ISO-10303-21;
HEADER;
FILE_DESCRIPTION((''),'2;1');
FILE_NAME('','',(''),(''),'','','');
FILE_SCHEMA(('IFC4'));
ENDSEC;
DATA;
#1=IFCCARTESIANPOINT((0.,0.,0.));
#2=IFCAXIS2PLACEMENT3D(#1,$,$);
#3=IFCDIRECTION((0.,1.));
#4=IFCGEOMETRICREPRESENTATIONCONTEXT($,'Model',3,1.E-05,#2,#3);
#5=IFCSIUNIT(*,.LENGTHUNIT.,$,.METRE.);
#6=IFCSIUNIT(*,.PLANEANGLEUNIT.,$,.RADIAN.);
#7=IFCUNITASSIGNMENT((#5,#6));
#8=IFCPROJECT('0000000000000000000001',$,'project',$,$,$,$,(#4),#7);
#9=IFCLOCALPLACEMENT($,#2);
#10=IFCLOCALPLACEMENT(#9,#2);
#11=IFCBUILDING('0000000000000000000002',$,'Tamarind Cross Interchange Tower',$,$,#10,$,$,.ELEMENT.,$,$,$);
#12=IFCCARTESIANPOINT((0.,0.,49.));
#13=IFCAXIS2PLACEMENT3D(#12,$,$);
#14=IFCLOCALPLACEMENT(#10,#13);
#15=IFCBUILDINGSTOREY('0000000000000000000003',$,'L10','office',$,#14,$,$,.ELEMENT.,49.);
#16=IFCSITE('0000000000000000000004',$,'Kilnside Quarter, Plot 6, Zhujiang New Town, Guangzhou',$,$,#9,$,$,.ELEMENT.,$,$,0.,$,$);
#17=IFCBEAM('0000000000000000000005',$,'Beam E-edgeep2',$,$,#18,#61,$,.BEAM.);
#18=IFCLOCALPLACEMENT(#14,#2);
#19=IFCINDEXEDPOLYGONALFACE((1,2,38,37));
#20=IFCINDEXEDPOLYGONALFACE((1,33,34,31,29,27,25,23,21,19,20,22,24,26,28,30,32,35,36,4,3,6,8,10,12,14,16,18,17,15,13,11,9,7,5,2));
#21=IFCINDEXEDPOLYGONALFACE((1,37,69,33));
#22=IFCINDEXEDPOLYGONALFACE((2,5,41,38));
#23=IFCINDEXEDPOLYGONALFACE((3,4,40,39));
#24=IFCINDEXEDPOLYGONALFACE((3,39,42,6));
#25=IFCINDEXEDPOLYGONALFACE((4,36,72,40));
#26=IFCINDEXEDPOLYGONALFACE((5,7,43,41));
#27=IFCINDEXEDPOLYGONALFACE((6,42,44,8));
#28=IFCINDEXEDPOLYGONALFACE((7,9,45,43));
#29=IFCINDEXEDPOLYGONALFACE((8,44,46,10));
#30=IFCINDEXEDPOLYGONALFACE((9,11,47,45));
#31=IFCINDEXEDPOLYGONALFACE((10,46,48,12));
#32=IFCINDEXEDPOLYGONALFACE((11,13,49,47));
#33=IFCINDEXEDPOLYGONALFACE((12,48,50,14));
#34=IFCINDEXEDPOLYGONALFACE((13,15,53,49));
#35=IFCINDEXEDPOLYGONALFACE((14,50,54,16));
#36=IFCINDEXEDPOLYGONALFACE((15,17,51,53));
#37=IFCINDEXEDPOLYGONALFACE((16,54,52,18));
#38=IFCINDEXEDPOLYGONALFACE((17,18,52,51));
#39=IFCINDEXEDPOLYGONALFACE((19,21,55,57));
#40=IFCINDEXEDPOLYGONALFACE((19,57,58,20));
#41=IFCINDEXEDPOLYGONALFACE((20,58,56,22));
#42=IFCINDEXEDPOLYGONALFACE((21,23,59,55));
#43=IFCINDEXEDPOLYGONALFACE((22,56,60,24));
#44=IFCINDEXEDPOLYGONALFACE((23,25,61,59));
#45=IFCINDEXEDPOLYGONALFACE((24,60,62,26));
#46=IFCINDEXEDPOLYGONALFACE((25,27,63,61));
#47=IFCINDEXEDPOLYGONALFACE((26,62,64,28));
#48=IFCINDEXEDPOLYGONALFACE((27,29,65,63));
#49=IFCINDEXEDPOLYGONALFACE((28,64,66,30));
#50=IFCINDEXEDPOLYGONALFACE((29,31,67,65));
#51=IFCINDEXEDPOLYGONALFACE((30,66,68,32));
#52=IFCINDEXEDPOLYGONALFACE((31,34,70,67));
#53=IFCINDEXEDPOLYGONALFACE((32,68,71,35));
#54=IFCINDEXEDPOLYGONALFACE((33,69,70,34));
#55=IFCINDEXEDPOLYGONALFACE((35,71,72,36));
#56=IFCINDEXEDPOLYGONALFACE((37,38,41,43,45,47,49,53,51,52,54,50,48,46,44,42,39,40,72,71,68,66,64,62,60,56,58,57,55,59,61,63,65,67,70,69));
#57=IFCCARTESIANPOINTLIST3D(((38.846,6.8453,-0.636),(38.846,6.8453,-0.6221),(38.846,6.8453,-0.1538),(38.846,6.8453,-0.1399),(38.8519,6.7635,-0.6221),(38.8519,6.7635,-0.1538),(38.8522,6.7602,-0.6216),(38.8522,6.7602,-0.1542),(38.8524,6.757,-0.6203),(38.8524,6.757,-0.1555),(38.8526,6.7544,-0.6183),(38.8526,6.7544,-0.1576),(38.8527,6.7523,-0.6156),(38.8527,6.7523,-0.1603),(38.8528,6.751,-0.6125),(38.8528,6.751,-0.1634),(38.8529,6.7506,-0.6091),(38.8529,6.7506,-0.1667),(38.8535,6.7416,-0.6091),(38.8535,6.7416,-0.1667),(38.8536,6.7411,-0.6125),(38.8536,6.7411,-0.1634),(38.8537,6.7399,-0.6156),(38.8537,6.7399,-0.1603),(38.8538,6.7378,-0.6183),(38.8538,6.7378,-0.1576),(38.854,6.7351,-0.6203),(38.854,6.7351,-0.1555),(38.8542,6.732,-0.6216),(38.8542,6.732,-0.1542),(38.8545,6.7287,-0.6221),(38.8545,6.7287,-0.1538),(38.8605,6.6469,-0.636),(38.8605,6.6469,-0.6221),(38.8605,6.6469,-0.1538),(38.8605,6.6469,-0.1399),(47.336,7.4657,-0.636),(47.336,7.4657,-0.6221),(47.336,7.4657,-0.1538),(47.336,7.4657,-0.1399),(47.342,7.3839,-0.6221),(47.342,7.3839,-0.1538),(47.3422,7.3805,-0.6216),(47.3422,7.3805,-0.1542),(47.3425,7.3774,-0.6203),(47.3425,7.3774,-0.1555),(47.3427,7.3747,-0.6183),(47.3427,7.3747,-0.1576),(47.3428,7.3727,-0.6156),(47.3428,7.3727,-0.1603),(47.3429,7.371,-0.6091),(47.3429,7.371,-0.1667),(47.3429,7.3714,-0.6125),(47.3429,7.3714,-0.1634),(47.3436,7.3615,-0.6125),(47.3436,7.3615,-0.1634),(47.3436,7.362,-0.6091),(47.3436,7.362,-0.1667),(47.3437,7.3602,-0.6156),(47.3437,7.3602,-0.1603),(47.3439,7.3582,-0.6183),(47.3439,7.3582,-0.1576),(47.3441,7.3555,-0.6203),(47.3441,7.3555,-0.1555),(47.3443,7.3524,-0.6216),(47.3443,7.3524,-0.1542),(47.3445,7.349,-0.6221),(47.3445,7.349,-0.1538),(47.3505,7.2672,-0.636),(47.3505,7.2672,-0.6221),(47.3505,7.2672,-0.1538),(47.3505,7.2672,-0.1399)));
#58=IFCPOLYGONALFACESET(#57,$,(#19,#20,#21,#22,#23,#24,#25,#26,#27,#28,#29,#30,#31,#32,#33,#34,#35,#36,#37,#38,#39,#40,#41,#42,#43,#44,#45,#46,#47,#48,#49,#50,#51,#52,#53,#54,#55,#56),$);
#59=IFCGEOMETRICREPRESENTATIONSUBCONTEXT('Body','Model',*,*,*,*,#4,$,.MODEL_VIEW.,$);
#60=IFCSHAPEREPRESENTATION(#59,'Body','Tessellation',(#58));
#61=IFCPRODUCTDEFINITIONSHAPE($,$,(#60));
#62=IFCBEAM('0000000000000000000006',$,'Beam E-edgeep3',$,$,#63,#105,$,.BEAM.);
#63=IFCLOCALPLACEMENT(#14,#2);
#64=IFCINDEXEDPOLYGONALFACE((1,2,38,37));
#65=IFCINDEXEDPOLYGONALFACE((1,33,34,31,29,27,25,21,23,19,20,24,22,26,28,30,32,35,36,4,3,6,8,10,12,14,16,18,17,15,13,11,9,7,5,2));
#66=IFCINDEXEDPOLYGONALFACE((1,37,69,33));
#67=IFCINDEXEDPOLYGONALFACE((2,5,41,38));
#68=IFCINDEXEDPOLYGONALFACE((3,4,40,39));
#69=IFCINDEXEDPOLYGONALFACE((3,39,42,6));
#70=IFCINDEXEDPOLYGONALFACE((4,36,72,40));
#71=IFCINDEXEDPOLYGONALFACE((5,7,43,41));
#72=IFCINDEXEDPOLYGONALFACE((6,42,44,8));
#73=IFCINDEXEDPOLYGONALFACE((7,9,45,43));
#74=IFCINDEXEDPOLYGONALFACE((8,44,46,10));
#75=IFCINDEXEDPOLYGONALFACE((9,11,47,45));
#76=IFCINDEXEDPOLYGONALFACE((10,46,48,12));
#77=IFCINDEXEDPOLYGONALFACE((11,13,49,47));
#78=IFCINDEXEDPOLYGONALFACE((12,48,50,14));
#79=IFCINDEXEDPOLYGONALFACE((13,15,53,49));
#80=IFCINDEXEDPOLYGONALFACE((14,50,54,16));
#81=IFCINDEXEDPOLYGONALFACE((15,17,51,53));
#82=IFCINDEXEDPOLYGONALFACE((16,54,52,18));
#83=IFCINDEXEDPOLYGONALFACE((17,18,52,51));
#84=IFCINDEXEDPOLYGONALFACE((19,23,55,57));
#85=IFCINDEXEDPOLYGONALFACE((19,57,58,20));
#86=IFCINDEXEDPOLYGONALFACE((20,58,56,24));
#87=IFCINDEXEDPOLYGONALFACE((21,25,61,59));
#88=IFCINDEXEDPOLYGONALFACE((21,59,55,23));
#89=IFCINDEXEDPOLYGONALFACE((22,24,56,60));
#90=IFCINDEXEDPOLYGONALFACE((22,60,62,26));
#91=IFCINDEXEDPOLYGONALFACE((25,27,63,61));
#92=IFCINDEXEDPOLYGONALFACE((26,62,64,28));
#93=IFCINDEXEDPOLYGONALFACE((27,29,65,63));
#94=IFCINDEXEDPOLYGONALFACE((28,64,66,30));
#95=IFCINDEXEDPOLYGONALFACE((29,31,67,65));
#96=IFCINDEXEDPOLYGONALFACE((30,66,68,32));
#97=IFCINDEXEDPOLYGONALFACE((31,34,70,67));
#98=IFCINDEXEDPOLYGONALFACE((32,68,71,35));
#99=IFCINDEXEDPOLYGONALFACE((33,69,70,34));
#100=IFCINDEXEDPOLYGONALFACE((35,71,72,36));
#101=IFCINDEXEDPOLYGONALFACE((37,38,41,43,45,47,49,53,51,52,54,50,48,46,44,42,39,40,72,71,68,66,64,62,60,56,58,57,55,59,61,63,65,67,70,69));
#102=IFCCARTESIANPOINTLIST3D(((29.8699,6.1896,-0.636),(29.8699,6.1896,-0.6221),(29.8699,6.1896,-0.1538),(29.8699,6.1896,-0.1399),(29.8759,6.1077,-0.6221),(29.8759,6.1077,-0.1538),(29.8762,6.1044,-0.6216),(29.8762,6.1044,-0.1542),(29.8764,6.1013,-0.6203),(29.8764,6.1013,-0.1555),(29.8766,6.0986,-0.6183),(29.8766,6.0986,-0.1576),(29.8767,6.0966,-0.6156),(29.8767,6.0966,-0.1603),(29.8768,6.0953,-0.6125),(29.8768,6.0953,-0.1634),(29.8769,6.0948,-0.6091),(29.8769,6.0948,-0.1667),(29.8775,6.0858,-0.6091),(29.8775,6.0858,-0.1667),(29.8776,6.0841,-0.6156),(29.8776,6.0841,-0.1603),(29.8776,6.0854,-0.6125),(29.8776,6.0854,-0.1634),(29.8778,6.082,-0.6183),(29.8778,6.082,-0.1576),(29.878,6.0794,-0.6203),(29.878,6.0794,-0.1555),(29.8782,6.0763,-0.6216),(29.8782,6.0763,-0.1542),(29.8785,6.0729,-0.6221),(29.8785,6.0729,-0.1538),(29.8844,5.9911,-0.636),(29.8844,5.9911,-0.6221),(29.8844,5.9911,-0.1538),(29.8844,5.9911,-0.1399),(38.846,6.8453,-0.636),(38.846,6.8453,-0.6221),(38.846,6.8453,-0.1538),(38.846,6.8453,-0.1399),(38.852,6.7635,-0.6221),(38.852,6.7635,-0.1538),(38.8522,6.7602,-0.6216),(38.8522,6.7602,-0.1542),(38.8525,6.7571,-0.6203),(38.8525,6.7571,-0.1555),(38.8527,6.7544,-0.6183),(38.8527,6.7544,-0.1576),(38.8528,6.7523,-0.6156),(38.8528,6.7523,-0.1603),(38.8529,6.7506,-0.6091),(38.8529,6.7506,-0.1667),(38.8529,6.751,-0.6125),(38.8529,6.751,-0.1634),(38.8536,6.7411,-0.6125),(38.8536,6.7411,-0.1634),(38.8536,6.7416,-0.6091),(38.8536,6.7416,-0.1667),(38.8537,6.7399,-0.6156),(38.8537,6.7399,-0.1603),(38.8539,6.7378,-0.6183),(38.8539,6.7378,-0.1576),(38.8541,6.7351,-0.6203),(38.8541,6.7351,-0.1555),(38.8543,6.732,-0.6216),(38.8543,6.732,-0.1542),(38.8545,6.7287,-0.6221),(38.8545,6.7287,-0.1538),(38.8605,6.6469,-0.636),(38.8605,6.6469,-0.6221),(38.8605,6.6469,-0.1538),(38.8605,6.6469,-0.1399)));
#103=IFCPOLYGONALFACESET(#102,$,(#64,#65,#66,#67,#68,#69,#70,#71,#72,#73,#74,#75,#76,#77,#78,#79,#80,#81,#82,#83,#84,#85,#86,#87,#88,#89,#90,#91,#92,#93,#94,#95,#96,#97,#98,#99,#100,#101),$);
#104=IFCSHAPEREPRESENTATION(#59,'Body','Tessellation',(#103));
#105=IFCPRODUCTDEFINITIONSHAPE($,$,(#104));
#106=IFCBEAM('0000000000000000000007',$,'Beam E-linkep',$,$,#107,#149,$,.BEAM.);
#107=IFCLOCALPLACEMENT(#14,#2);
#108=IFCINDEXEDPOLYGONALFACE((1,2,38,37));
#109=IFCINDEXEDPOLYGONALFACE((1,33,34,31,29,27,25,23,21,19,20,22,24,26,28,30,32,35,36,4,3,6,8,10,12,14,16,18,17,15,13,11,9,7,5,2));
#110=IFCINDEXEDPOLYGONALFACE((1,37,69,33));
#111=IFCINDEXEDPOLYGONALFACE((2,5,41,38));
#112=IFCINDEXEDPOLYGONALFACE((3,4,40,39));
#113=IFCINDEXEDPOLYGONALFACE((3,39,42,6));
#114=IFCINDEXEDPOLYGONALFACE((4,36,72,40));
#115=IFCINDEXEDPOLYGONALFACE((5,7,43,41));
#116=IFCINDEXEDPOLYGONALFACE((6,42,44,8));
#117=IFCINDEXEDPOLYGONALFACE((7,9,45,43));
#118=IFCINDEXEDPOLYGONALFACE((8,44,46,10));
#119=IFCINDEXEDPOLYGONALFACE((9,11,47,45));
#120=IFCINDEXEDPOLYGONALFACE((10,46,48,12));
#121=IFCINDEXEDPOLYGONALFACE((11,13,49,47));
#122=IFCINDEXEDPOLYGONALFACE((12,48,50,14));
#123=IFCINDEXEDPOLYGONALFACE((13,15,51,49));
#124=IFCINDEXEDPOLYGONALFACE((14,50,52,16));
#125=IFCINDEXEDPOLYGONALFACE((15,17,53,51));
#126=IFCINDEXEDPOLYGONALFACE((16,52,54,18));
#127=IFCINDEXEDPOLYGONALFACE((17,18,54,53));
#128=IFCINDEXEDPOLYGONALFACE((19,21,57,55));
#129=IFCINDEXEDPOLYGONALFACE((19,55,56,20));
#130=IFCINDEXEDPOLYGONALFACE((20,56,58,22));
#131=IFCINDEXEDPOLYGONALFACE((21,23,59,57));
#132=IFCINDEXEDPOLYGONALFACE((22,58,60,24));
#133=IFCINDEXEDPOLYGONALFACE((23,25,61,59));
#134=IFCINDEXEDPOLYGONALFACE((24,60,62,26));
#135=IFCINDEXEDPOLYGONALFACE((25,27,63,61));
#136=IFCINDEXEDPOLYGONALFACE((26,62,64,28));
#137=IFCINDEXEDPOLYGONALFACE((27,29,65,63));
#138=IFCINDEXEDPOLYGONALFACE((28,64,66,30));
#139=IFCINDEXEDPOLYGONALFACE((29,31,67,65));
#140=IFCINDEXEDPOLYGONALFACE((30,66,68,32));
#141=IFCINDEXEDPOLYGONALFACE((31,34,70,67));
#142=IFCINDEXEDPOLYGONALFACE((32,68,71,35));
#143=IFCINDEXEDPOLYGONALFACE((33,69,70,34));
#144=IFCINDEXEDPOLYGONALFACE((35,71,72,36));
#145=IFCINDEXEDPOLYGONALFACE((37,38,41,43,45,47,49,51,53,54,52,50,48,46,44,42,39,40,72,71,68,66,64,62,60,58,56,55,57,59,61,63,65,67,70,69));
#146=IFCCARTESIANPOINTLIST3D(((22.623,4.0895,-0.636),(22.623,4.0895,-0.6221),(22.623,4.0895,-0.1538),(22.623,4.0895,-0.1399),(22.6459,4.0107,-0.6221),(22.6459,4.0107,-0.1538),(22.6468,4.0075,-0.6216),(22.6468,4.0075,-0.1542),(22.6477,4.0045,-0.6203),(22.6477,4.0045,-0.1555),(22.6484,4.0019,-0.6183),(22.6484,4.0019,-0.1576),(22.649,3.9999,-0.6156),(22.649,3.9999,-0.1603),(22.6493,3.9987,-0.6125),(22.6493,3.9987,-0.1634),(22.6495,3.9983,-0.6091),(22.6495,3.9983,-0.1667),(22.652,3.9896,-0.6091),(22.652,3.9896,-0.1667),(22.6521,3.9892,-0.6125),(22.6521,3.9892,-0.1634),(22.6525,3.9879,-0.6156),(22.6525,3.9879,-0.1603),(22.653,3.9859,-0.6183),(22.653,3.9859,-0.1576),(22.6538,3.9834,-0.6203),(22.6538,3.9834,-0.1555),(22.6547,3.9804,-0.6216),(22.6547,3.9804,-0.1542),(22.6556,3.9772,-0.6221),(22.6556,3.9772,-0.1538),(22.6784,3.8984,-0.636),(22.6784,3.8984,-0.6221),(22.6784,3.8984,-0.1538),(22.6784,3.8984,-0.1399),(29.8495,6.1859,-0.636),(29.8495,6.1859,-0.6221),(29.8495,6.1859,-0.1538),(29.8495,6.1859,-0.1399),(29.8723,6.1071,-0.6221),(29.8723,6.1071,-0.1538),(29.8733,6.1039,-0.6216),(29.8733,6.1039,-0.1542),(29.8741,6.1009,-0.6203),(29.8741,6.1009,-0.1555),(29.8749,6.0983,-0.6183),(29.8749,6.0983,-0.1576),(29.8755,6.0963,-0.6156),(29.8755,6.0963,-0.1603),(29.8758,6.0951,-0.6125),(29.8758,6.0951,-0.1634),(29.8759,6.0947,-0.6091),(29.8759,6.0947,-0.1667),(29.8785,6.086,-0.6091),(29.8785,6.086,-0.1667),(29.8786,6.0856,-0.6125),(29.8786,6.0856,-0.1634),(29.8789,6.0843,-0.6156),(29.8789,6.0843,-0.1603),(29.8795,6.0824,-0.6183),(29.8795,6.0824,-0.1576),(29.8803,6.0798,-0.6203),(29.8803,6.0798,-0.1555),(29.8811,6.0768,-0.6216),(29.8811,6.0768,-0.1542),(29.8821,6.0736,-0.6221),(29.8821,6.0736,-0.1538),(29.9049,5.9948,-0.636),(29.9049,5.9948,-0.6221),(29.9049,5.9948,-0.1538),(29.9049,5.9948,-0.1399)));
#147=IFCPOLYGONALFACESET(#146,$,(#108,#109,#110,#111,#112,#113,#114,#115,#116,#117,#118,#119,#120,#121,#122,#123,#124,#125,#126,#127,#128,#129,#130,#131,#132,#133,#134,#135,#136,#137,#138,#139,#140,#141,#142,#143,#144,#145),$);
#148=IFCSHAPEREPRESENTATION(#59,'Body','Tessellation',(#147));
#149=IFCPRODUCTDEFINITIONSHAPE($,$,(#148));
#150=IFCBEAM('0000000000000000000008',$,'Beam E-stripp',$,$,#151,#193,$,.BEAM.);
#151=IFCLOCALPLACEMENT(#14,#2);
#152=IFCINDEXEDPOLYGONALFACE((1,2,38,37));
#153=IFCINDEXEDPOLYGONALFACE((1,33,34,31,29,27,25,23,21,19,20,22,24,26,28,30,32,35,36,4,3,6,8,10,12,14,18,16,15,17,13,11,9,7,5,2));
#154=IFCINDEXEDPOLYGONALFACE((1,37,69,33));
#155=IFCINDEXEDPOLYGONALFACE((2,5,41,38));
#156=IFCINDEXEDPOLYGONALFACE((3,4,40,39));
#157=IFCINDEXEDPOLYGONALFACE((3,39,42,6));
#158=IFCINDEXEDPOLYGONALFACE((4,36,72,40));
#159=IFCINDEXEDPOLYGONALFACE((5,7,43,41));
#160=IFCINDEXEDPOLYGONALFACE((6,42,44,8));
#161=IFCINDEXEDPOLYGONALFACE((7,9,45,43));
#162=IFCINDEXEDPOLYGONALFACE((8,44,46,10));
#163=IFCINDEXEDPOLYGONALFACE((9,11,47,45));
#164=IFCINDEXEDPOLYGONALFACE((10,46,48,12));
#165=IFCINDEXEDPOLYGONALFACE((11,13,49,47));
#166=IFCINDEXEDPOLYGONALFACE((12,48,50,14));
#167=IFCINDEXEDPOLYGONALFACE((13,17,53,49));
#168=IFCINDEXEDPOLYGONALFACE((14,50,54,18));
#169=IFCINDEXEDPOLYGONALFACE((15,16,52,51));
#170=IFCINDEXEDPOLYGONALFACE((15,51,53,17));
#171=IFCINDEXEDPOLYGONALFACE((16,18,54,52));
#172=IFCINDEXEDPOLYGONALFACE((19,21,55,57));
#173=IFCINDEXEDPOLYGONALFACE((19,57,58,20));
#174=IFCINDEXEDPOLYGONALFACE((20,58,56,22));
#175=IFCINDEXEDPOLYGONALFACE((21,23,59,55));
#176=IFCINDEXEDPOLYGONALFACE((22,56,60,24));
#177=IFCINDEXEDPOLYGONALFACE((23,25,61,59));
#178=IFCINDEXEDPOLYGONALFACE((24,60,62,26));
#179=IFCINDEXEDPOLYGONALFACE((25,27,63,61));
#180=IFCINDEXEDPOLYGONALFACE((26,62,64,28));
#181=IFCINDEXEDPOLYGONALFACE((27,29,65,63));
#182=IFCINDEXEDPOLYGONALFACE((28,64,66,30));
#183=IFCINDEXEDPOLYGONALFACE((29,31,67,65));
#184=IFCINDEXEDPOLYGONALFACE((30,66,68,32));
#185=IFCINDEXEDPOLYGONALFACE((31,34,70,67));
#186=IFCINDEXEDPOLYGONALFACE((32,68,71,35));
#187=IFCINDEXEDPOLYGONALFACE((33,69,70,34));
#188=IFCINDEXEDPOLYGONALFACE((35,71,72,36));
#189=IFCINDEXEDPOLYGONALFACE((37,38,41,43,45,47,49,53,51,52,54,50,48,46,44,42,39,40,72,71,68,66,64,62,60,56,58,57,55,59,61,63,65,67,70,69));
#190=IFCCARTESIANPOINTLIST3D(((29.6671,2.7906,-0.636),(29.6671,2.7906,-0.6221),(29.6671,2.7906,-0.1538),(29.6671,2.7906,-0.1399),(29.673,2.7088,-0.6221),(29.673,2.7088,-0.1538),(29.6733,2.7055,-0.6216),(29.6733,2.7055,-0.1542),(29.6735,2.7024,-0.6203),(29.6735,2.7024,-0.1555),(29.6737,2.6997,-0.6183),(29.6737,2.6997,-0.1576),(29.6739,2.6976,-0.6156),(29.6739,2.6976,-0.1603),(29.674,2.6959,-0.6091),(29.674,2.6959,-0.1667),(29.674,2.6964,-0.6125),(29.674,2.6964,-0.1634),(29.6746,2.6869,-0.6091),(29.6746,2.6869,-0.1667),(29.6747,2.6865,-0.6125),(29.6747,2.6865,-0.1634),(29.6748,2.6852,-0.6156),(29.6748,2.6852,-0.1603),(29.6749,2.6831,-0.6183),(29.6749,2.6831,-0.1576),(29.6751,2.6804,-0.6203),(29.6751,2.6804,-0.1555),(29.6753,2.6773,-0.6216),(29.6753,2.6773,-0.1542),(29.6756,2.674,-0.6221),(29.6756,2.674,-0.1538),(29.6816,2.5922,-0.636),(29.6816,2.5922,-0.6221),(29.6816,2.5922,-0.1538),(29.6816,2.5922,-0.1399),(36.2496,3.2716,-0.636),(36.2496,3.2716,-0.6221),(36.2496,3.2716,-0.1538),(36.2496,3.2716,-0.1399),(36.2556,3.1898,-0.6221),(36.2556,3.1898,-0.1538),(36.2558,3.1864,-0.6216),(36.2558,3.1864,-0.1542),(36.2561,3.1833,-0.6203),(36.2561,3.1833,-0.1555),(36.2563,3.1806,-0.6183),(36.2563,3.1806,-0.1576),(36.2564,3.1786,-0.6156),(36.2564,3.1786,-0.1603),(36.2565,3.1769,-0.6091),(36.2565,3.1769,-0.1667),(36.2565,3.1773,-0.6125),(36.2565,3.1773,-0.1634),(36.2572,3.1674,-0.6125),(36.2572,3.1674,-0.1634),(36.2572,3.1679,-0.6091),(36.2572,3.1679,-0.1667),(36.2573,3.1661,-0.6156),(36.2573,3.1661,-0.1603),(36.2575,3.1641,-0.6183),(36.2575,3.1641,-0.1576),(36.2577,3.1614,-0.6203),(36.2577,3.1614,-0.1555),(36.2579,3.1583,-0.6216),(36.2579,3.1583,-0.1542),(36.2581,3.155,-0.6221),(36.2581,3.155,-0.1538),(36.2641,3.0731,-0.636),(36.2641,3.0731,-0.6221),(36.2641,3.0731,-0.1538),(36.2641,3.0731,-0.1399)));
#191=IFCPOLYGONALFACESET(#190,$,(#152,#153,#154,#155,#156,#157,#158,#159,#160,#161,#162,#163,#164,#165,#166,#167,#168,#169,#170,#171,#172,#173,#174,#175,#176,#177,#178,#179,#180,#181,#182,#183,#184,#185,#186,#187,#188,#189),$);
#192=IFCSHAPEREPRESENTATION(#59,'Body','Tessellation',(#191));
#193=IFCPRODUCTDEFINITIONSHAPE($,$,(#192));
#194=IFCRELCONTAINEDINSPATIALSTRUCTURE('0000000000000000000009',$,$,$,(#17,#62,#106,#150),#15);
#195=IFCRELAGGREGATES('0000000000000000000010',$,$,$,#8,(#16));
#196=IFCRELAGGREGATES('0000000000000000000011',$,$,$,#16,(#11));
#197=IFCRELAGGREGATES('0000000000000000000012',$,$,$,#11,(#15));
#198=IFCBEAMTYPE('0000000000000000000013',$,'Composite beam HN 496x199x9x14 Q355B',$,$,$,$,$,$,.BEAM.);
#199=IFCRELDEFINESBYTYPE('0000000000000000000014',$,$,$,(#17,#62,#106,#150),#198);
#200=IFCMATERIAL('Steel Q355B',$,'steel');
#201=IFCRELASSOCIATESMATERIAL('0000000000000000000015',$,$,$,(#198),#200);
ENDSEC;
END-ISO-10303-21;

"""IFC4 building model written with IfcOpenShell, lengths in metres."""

from ifc_helpers import new_model, si_unit, direction, frame, origin, origin_2d, place, context, subcontext, project, spatial, i_section, extrude, material, material_profile, profile_set, type_object, element, save


model = new_model("IFC4")

# Units and contexts
model_context = context("Model", 3, precision=1e-05, world=origin(), true_north=direction((0.0, 1.0)))
body_context = subcontext(model_context, "Body", "Model", "MODEL_VIEW")
ifc_project = project(units=[si_unit("LENGTHUNIT", "METRE"), si_unit("PLANEANGLEUNIT", "RADIAN")], contexts=[model_context])

# Site, building, storey
site_placement = place(None, origin())
site = spatial("IfcSite", under=ifc_project, at=site_placement, Name="Kilnside Quarter, Plot 6, Zhujiang New Town, Guangzhou", CompositionType="ELEMENT", RefElevation=0.0)
building_placement = place(site_placement, origin())
building = spatial("IfcBuilding", under=site, at=building_placement, Name="Tamarind Cross Interchange Tower", CompositionType="ELEMENT")
storey_placement = place(building_placement, frame((0.0, 0.0, 49.0)))
storey = spatial("IfcBuildingStorey", under=building, at=storey_placement, Name="L10", Description="office", CompositionType="ELEMENT", Elevation=49.0)

# Beams
ifc_material_1 = material(Name="Steel Q355B", Category="steel")
ifc_material_profile_1 = material_profile(ifc_material_1, i_section(OverallWidth=0.199, OverallDepth=0.4961, WebThickness=0.009, FlangeThickness=0.0139, FilletRadius=0.0129, at=origin_2d()), Name="HN 496x199x9x14")
ifc_profile_set_1 = profile_set([ifc_material_profile_1], Name="Steel Q355B")
beam_type_1 = type_object("IfcBeamType", Name="Composite beam HN 496x199x9x14 Q355B", PredefinedType="BEAM", material=ifc_profile_set_1)
beam_1_placement = place(storey_placement, frame((47.3433, 7.3665, -0.3879), z_axis=(-0.997341, -0.072875, 0.0), x_axis=(0.072875, -0.997341, 0.0)))
element("IfcBeam", 1, at=beam_1_placement, inside=storey, type_object=beam_type_1, Name="Beam E-edgeep2", PredefinedType="BEAM", context=body_context, shape_type="SweptSolid", body=[
    extrude(i_section(OverallWidth=0.199, OverallDepth=0.4961, WebThickness=0.009, FlangeThickness=0.0139, FilletRadius=0.0129, at=origin_2d()), origin(), (0.0, 0.0, 1.0), 8.5127),
])
beam_2_placement = place(storey_placement, frame((38.8533, 6.7461, -0.3879), z_axis=(-0.997342, -0.072862, 0.0), x_axis=(0.072862, -0.997342, 0.0)))
element("IfcBeam", 2, at=beam_2_placement, inside=storey, type_object=beam_type_1, Name="Beam E-edgeep3", PredefinedType="BEAM", context=body_context, shape_type="SweptSolid", body=[
    extrude(i_section(OverallWidth=0.199, OverallDepth=0.4961, WebThickness=0.009, FlangeThickness=0.0139, FilletRadius=0.0129, at=origin_2d()), origin(), (0.0, 0.0, 1.0), 9.0),
])
beam_3_placement = place(storey_placement, frame((29.8772, 6.0903, -0.3879), z_axis=(-0.960403, -0.278614, 0.0), x_axis=(0.278614, -0.960403, 0.0)))
element("IfcBeam", 3, at=beam_3_placement, inside=storey, type_object=beam_type_1, Name="Beam E-linkep", PredefinedType="BEAM", context=body_context, shape_type="SweptSolid", body=[
    extrude(i_section(OverallWidth=0.199, OverallDepth=0.4961, WebThickness=0.009, FlangeThickness=0.0139, FilletRadius=0.0129, at=origin_2d()), origin(), (0.0, 0.0, 1.0), 7.5244),
])
beam_4_placement = place(storey_placement, frame((29.6743, 2.6914, -0.3879), z_axis=(0.997341, 0.072872, 0.0), x_axis=(-0.072872, 0.997341, 0.0)))
element("IfcBeam", 4, at=beam_4_placement, inside=storey, type_object=beam_type_1, Name="Beam E-stripp", PredefinedType="BEAM", context=body_context, shape_type="SweptSolid", body=[
    extrude(i_section(OverallWidth=0.199, OverallDepth=0.4961, WebThickness=0.009, FlangeThickness=0.0139, FilletRadius=0.0129, at=origin_2d()), origin(), (0.0, 0.0, 1.0), 6.6001),
])

save(model, "model.ifc")
